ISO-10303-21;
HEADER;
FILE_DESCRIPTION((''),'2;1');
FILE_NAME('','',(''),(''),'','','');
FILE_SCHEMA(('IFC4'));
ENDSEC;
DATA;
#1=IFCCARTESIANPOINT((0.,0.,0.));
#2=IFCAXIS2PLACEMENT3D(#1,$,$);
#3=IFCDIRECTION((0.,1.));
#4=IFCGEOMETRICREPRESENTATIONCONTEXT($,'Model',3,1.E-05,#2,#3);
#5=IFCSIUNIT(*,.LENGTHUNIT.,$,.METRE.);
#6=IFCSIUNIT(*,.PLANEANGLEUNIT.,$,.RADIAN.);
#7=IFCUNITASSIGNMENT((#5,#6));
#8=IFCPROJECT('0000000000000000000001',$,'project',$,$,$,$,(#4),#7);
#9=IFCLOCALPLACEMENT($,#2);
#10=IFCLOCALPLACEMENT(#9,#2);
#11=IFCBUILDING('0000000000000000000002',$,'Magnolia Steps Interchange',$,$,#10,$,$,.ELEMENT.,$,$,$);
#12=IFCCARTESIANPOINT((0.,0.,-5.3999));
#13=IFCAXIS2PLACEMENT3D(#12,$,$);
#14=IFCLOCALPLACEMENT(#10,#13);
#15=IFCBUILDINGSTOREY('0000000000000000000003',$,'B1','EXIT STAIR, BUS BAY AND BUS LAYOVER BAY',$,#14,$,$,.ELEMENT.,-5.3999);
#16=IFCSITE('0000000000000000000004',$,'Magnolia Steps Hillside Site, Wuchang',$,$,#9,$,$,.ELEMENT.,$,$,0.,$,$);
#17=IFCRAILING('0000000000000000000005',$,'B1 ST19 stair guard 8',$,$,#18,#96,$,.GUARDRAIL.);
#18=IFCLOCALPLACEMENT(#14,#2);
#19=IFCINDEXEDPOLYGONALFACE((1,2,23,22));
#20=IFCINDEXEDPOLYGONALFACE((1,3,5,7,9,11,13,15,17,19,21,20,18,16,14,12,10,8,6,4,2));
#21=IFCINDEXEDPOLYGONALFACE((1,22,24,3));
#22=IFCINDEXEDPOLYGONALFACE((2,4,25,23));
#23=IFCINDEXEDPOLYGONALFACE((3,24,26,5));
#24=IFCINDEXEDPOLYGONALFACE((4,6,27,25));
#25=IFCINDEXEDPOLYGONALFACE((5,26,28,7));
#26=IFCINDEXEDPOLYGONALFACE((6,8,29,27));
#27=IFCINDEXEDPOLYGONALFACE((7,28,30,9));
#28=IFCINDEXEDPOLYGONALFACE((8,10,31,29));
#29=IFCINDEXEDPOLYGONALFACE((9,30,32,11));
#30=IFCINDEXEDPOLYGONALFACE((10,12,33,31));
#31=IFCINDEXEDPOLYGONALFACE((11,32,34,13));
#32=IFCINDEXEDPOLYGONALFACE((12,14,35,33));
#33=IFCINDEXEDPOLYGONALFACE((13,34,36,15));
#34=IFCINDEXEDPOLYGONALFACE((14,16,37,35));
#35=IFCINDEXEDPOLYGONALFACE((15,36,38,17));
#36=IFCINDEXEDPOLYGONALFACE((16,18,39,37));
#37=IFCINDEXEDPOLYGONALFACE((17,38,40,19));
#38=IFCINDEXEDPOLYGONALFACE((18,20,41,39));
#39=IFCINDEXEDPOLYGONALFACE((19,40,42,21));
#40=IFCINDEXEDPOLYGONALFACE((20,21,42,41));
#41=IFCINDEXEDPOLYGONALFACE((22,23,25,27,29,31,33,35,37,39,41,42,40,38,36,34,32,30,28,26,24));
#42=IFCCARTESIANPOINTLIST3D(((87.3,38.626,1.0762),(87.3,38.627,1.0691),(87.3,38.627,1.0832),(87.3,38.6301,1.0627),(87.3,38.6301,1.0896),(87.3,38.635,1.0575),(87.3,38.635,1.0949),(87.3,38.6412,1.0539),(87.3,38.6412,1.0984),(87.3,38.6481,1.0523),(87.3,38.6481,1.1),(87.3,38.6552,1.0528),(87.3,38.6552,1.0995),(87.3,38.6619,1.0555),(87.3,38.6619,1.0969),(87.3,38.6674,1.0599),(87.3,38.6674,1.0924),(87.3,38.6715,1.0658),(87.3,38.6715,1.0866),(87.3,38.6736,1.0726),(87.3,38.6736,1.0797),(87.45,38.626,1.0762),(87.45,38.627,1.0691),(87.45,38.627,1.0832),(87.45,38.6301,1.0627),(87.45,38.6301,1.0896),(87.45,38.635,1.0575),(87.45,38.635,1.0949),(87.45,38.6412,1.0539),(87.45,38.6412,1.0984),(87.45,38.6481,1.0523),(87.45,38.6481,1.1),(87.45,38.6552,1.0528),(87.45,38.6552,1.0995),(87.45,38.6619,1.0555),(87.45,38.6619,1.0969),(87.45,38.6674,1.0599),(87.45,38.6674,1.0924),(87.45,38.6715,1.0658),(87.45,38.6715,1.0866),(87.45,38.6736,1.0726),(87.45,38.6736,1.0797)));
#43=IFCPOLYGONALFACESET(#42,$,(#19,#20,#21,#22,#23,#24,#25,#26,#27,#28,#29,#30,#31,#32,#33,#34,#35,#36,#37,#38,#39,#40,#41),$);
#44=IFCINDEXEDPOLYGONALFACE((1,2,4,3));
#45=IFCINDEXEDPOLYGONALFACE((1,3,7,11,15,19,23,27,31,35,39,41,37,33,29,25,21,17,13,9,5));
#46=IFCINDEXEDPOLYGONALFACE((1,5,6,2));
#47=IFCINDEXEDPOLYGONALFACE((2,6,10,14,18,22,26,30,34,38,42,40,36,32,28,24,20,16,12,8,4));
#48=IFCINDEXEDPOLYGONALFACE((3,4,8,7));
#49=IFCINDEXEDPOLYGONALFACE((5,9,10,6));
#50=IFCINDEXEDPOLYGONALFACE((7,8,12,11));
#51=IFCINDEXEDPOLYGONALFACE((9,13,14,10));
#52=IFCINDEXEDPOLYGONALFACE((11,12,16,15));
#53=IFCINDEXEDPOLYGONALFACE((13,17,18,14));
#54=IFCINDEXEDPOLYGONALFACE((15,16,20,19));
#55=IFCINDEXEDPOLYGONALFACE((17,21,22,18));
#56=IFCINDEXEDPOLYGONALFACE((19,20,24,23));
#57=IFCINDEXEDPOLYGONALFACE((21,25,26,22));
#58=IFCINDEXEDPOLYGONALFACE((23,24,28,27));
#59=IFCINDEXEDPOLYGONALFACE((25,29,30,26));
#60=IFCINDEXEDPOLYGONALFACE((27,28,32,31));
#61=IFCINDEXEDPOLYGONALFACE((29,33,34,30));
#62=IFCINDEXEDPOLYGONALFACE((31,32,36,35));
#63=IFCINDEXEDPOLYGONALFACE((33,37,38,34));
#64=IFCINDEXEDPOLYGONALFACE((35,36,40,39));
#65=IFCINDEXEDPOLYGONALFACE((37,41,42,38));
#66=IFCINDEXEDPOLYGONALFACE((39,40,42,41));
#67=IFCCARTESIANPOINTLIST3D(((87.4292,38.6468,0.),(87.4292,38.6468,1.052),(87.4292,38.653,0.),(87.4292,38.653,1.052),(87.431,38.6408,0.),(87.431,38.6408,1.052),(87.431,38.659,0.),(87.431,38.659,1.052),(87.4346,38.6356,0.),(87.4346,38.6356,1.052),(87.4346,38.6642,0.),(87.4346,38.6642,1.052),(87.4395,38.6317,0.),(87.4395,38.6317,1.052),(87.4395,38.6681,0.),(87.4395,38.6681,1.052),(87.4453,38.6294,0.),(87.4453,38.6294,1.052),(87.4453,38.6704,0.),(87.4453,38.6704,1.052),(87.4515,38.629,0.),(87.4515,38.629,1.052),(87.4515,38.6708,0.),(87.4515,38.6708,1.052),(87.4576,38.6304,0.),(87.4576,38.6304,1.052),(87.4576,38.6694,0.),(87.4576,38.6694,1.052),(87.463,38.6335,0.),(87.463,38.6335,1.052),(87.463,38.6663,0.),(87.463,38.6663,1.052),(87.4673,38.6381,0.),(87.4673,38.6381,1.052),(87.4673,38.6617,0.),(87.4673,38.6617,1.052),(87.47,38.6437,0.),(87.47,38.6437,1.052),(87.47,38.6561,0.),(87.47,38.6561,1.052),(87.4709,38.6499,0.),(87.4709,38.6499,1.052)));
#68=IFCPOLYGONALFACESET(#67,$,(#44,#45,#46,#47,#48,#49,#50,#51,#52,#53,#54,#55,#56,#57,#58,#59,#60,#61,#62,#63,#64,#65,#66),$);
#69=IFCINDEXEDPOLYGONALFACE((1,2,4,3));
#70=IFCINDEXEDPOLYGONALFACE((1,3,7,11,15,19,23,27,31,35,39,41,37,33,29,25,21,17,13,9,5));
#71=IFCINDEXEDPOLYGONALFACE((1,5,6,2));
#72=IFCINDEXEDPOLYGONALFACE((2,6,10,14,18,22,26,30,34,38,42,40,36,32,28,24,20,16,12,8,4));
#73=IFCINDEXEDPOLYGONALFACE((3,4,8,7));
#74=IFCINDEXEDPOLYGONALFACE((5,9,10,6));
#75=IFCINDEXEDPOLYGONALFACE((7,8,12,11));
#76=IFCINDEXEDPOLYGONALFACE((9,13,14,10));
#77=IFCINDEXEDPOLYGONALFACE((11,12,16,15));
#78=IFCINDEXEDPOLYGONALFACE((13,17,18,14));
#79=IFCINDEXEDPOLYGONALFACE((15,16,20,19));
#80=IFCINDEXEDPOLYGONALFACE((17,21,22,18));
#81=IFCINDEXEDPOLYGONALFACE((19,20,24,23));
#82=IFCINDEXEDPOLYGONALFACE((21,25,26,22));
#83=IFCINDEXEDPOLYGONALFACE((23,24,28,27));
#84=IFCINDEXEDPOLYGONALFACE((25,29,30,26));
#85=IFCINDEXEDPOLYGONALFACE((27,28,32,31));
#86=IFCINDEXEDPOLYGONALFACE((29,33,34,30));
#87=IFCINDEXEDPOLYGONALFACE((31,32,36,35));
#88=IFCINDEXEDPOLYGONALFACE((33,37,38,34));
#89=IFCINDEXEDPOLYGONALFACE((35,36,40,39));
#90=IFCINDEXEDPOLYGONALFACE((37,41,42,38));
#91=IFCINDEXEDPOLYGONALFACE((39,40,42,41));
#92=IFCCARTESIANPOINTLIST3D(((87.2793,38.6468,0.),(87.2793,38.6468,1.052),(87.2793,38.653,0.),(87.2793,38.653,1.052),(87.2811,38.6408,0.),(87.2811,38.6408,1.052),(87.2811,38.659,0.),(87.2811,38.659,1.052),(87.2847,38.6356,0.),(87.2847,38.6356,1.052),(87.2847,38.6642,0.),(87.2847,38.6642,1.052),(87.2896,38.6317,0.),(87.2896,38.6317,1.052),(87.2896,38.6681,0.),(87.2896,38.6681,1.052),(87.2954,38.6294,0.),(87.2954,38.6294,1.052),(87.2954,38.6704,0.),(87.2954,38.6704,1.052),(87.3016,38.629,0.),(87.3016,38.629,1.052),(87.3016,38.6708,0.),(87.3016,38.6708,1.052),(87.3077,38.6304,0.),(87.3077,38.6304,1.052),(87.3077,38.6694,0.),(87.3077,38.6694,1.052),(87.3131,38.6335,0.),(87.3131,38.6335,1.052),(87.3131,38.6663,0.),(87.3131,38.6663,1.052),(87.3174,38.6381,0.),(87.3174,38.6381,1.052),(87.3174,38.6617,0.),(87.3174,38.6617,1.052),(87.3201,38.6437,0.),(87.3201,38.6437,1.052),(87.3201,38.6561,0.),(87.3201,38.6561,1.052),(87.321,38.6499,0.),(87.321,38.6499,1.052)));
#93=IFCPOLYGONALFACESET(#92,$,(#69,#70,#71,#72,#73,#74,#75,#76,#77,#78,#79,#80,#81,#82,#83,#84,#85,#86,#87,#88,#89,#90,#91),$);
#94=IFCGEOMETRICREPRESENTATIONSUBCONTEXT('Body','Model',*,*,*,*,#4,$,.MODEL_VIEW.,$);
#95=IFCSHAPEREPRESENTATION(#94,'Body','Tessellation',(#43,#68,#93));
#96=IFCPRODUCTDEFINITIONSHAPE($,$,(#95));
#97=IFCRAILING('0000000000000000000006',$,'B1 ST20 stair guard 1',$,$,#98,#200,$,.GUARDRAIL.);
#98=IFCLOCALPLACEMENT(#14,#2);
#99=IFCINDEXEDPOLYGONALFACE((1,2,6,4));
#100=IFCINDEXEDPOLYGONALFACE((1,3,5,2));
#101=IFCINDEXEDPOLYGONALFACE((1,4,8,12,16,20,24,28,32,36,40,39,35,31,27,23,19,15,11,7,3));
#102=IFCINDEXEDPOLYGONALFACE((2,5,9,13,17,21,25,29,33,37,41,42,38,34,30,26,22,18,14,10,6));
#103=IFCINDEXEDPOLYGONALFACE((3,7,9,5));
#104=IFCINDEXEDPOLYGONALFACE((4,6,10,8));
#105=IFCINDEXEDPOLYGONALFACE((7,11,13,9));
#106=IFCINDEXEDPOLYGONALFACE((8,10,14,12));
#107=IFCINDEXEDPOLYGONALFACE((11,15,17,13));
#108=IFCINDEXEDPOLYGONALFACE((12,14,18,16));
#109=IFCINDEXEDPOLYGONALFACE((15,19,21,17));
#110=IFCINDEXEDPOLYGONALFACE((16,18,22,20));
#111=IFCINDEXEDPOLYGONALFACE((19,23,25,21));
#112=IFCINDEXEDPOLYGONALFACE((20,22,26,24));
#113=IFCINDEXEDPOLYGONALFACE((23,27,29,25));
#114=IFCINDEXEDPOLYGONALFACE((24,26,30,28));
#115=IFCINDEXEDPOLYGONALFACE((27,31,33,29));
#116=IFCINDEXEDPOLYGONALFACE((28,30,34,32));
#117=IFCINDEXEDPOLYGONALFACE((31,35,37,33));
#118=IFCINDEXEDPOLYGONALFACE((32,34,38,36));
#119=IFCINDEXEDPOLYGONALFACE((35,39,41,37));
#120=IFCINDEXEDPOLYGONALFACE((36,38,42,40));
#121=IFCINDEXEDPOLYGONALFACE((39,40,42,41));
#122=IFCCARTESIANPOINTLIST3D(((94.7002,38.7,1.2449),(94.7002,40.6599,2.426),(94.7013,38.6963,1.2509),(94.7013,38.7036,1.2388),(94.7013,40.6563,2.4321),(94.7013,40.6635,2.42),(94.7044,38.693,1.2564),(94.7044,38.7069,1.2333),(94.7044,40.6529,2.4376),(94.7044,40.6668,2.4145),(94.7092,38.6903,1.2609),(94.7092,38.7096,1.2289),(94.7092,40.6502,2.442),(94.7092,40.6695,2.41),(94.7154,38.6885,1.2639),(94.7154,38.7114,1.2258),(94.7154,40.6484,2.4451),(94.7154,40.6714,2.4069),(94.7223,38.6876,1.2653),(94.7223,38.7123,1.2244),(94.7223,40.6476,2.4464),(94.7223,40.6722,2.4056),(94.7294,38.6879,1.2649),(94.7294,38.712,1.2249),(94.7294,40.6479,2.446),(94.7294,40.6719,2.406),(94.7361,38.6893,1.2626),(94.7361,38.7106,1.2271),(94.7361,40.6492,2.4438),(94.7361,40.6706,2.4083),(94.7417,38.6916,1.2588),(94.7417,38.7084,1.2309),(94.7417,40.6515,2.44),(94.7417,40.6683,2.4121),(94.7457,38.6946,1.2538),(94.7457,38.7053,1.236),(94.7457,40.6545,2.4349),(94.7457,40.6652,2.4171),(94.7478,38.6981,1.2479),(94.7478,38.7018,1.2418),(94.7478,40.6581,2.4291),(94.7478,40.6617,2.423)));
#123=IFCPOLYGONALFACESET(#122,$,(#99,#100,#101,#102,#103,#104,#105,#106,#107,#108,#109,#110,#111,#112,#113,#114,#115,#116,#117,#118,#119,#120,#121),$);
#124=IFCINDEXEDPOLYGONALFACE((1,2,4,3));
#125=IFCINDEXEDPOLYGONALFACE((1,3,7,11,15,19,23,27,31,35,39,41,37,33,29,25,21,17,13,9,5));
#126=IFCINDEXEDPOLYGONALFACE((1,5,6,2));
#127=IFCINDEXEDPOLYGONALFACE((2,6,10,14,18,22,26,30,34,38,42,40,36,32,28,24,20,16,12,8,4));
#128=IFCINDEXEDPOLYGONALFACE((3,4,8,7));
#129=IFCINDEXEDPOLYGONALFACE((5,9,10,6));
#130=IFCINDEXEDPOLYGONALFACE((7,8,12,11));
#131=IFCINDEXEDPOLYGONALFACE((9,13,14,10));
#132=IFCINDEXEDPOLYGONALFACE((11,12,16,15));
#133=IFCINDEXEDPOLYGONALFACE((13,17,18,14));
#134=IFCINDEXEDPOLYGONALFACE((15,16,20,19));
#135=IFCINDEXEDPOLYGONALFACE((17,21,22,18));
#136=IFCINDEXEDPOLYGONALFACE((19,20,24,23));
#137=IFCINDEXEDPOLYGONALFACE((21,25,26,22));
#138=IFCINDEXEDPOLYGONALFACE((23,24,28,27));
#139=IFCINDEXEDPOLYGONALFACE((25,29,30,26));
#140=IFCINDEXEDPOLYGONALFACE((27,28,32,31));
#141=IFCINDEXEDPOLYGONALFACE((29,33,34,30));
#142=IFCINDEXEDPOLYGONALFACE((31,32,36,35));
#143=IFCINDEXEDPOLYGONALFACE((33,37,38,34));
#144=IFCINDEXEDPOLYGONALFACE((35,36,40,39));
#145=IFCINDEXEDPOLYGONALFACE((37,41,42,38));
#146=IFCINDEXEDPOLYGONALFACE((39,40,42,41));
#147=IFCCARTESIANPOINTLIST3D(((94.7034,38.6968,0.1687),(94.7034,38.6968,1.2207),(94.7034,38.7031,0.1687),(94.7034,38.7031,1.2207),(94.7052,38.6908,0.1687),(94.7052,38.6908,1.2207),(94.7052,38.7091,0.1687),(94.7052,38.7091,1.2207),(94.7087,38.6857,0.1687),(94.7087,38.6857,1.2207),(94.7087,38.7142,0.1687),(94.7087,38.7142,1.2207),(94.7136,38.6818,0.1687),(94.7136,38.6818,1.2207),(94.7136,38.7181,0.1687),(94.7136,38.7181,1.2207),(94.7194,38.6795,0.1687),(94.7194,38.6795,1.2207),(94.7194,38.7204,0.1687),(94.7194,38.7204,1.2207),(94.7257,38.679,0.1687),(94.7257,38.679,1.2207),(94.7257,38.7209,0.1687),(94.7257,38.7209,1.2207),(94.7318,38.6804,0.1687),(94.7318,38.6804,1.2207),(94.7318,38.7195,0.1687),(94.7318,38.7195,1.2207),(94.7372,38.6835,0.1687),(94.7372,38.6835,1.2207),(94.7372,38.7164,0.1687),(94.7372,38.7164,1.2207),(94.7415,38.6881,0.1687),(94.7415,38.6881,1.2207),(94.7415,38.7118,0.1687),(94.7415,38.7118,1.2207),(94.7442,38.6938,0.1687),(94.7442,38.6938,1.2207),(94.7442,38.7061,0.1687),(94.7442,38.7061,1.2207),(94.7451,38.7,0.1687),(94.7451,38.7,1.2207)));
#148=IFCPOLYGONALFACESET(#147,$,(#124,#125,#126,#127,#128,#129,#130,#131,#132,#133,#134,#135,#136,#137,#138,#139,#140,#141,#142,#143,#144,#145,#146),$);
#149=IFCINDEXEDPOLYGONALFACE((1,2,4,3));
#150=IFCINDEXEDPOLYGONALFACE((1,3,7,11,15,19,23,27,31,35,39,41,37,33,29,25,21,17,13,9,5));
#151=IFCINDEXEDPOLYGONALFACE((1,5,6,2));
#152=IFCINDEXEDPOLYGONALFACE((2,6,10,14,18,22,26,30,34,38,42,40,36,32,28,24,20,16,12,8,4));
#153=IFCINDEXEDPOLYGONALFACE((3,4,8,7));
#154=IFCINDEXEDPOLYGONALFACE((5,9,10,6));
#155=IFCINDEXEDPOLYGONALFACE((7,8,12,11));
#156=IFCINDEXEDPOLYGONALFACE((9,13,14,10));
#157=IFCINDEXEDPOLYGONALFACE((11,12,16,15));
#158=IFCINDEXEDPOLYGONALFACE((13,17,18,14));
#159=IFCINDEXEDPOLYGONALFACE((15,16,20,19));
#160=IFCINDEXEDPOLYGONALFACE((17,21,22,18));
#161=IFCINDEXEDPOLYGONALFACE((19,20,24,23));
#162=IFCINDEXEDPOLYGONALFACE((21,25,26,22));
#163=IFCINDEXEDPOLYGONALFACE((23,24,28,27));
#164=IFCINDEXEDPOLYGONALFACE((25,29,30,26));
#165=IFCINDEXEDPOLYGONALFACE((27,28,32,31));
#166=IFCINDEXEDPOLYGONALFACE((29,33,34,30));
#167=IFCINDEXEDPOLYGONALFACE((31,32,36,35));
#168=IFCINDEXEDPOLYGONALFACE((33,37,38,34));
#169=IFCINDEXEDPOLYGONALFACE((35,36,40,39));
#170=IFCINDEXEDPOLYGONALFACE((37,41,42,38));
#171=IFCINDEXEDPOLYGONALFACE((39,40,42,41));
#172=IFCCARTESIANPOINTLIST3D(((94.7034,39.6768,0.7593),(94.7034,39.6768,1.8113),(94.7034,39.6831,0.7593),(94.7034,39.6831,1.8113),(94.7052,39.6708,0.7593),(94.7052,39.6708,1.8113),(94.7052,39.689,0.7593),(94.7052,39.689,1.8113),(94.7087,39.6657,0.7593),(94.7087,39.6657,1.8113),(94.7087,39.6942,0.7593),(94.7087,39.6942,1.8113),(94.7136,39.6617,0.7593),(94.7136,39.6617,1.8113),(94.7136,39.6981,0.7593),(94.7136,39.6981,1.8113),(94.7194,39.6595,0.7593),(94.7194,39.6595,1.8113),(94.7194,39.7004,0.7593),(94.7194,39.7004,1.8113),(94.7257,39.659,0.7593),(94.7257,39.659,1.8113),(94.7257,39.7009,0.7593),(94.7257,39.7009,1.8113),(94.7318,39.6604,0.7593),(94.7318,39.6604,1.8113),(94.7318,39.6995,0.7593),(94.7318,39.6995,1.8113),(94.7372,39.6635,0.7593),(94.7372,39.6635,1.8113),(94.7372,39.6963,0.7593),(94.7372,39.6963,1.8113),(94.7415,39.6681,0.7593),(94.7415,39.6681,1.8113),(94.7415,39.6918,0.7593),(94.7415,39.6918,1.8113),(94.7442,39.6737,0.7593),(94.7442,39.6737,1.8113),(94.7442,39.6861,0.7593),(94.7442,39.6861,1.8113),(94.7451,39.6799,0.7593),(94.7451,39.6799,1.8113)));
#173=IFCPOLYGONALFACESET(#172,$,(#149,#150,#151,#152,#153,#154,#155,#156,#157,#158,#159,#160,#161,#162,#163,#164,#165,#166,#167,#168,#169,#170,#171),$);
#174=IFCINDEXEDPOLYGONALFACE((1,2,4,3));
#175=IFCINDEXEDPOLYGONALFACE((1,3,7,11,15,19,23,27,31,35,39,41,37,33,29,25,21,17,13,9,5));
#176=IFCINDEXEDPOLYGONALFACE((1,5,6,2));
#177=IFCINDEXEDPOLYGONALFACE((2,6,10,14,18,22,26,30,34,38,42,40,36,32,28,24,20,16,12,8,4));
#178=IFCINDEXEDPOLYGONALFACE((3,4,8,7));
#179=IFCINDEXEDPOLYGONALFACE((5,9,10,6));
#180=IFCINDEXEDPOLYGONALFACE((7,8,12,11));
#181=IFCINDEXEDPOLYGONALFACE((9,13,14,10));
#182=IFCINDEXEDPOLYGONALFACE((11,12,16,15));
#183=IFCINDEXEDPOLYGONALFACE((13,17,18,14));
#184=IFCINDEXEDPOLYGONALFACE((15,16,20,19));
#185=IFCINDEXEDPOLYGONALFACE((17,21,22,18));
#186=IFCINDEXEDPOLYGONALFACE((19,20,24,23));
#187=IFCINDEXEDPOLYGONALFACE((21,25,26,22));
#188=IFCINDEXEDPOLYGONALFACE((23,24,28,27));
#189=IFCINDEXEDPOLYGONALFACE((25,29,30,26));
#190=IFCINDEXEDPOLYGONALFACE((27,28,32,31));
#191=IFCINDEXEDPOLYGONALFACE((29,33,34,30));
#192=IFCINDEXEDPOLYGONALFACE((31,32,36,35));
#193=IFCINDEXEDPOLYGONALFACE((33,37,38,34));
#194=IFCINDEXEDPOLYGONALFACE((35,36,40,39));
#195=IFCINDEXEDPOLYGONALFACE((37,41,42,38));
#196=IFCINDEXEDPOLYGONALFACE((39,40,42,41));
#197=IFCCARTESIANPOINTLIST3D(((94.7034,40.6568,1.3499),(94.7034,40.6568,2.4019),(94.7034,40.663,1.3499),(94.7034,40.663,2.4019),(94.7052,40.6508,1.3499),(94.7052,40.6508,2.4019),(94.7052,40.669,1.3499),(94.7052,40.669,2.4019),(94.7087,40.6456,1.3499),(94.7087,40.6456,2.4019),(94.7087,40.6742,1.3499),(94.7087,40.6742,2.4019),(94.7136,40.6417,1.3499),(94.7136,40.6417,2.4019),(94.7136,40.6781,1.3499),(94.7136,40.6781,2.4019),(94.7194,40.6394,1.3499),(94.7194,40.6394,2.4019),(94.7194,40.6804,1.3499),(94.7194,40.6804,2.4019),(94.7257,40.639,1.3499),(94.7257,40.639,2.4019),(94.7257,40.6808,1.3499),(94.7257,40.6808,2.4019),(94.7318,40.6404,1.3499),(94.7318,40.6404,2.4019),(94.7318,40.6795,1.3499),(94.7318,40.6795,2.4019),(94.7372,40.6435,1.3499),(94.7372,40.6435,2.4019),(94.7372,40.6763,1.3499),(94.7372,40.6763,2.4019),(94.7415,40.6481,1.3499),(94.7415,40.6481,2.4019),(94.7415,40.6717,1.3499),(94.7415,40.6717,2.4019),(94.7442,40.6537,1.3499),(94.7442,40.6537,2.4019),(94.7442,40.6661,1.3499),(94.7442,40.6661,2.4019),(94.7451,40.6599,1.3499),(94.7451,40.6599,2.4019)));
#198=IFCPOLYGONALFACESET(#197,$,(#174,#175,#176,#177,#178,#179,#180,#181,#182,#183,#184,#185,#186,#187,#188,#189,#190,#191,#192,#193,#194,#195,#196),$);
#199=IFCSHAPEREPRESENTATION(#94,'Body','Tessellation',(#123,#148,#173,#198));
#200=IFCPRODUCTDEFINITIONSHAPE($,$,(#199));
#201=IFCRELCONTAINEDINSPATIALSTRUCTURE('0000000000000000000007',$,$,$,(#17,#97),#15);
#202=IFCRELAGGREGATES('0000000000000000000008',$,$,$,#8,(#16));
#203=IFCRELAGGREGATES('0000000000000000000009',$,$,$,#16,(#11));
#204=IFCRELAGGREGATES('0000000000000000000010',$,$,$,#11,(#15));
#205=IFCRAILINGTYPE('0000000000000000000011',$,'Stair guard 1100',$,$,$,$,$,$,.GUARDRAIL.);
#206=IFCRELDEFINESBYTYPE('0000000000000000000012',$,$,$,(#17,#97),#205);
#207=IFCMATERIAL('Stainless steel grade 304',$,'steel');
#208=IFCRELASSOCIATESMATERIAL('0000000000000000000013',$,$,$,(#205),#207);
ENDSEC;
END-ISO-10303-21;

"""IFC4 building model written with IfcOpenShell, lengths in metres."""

from ifc_helpers import new_model, si_unit, direction, frame, origin, origin_2d, place, context, subcontext, project, spatial, circle, extrude, material, type_object, element, save


model = new_model("IFC4")

# Units and contexts
model_context = context("Model", 3, precision=1e-05, world=origin(), true_north=direction((0.0, 1.0)))
body_context = subcontext(model_context, "Body", "Model", "MODEL_VIEW")
ifc_project = project(units=[si_unit("LENGTHUNIT", "METRE"), si_unit("PLANEANGLEUNIT", "RADIAN")], contexts=[model_context])

# Site, building, storey
site_placement = place(None, origin())
site = spatial("IfcSite", under=ifc_project, at=site_placement, Name="Magnolia Steps Hillside Site, Wuchang", CompositionType="ELEMENT", RefElevation=0.0)
building_placement = place(site_placement, origin())
building = spatial("IfcBuilding", under=site, at=building_placement, Name="Magnolia Steps Interchange", CompositionType="ELEMENT")
storey_placement = place(building_placement, frame((0.0, 0.0, -5.3999)))
storey = spatial("IfcBuildingStorey", under=building, at=storey_placement, Name="B1", Description="EXIT STAIR, BUS BAY AND BUS LAYOVER BAY", CompositionType="ELEMENT", Elevation=-5.3999)

# Railings
ifc_material_1 = material(Name="Stainless steel grade 304", Category="steel")
railing_type_1 = type_object("IfcRailingType", Name="Stair guard 1100", PredefinedType="GUARDRAIL", material=ifc_material_1)
railing_1_placement = place(storey_placement, frame((87.45, 38.6499, 0.0)))
element("IfcRailing", 1, at=railing_1_placement, inside=storey, type_object=railing_type_1, Name="B1 ST19 stair guard 8", PredefinedType="GUARDRAIL", context=body_context, shape_type="SweptSolid", body=[
    extrude(circle(Radius=0.0239, at=origin_2d()), frame((0.0, 0.0, 1.0762), z_axis=(-1.0, 0.0, 0.0), x_axis=(0.0, -1.0, 0.0)), (0.0, 0.0, 1.0), 0.1499),
    extrude(circle(Radius=0.021, at=origin_2d()), origin(), (0.0, 0.0, 1.0), 1.052),
    extrude(circle(Radius=0.021, at=origin_2d()), frame((-0.1499, 0.0, 0.0)), (0.0, 0.0, 1.0), 1.052),
])
railing_2_placement = place(storey_placement, frame((94.7241, 38.7, 0.1687)))
element("IfcRailing", 2, at=railing_2_placement, inside=storey, type_object=railing_type_1, Name="B1 ST20 stair guard 1", PredefinedType="GUARDRAIL", context=body_context, shape_type="SweptSolid", body=[
    extrude(circle(Radius=0.0239, at=origin_2d()), frame((0.0, 0.0, 1.0762), z_axis=(0.0, 0.856493, 0.516158), x_axis=(-1.0, 0.0, 0.0)), (0.0, 0.0, 1.0), 2.2883),
    extrude(circle(Radius=0.021, at=origin_2d()), origin(), (0.0, 0.0, 1.0), 1.052),
    extrude(circle(Radius=0.021, at=origin_2d()), frame((0.0, 0.98, 0.5906)), (0.0, 0.0, 1.0), 1.052),
    extrude(circle(Radius=0.021, at=origin_2d()), frame((0.0, 1.96, 1.1812)), (0.0, 0.0, 1.0), 1.052),
])

save(model, "model.ifc")
